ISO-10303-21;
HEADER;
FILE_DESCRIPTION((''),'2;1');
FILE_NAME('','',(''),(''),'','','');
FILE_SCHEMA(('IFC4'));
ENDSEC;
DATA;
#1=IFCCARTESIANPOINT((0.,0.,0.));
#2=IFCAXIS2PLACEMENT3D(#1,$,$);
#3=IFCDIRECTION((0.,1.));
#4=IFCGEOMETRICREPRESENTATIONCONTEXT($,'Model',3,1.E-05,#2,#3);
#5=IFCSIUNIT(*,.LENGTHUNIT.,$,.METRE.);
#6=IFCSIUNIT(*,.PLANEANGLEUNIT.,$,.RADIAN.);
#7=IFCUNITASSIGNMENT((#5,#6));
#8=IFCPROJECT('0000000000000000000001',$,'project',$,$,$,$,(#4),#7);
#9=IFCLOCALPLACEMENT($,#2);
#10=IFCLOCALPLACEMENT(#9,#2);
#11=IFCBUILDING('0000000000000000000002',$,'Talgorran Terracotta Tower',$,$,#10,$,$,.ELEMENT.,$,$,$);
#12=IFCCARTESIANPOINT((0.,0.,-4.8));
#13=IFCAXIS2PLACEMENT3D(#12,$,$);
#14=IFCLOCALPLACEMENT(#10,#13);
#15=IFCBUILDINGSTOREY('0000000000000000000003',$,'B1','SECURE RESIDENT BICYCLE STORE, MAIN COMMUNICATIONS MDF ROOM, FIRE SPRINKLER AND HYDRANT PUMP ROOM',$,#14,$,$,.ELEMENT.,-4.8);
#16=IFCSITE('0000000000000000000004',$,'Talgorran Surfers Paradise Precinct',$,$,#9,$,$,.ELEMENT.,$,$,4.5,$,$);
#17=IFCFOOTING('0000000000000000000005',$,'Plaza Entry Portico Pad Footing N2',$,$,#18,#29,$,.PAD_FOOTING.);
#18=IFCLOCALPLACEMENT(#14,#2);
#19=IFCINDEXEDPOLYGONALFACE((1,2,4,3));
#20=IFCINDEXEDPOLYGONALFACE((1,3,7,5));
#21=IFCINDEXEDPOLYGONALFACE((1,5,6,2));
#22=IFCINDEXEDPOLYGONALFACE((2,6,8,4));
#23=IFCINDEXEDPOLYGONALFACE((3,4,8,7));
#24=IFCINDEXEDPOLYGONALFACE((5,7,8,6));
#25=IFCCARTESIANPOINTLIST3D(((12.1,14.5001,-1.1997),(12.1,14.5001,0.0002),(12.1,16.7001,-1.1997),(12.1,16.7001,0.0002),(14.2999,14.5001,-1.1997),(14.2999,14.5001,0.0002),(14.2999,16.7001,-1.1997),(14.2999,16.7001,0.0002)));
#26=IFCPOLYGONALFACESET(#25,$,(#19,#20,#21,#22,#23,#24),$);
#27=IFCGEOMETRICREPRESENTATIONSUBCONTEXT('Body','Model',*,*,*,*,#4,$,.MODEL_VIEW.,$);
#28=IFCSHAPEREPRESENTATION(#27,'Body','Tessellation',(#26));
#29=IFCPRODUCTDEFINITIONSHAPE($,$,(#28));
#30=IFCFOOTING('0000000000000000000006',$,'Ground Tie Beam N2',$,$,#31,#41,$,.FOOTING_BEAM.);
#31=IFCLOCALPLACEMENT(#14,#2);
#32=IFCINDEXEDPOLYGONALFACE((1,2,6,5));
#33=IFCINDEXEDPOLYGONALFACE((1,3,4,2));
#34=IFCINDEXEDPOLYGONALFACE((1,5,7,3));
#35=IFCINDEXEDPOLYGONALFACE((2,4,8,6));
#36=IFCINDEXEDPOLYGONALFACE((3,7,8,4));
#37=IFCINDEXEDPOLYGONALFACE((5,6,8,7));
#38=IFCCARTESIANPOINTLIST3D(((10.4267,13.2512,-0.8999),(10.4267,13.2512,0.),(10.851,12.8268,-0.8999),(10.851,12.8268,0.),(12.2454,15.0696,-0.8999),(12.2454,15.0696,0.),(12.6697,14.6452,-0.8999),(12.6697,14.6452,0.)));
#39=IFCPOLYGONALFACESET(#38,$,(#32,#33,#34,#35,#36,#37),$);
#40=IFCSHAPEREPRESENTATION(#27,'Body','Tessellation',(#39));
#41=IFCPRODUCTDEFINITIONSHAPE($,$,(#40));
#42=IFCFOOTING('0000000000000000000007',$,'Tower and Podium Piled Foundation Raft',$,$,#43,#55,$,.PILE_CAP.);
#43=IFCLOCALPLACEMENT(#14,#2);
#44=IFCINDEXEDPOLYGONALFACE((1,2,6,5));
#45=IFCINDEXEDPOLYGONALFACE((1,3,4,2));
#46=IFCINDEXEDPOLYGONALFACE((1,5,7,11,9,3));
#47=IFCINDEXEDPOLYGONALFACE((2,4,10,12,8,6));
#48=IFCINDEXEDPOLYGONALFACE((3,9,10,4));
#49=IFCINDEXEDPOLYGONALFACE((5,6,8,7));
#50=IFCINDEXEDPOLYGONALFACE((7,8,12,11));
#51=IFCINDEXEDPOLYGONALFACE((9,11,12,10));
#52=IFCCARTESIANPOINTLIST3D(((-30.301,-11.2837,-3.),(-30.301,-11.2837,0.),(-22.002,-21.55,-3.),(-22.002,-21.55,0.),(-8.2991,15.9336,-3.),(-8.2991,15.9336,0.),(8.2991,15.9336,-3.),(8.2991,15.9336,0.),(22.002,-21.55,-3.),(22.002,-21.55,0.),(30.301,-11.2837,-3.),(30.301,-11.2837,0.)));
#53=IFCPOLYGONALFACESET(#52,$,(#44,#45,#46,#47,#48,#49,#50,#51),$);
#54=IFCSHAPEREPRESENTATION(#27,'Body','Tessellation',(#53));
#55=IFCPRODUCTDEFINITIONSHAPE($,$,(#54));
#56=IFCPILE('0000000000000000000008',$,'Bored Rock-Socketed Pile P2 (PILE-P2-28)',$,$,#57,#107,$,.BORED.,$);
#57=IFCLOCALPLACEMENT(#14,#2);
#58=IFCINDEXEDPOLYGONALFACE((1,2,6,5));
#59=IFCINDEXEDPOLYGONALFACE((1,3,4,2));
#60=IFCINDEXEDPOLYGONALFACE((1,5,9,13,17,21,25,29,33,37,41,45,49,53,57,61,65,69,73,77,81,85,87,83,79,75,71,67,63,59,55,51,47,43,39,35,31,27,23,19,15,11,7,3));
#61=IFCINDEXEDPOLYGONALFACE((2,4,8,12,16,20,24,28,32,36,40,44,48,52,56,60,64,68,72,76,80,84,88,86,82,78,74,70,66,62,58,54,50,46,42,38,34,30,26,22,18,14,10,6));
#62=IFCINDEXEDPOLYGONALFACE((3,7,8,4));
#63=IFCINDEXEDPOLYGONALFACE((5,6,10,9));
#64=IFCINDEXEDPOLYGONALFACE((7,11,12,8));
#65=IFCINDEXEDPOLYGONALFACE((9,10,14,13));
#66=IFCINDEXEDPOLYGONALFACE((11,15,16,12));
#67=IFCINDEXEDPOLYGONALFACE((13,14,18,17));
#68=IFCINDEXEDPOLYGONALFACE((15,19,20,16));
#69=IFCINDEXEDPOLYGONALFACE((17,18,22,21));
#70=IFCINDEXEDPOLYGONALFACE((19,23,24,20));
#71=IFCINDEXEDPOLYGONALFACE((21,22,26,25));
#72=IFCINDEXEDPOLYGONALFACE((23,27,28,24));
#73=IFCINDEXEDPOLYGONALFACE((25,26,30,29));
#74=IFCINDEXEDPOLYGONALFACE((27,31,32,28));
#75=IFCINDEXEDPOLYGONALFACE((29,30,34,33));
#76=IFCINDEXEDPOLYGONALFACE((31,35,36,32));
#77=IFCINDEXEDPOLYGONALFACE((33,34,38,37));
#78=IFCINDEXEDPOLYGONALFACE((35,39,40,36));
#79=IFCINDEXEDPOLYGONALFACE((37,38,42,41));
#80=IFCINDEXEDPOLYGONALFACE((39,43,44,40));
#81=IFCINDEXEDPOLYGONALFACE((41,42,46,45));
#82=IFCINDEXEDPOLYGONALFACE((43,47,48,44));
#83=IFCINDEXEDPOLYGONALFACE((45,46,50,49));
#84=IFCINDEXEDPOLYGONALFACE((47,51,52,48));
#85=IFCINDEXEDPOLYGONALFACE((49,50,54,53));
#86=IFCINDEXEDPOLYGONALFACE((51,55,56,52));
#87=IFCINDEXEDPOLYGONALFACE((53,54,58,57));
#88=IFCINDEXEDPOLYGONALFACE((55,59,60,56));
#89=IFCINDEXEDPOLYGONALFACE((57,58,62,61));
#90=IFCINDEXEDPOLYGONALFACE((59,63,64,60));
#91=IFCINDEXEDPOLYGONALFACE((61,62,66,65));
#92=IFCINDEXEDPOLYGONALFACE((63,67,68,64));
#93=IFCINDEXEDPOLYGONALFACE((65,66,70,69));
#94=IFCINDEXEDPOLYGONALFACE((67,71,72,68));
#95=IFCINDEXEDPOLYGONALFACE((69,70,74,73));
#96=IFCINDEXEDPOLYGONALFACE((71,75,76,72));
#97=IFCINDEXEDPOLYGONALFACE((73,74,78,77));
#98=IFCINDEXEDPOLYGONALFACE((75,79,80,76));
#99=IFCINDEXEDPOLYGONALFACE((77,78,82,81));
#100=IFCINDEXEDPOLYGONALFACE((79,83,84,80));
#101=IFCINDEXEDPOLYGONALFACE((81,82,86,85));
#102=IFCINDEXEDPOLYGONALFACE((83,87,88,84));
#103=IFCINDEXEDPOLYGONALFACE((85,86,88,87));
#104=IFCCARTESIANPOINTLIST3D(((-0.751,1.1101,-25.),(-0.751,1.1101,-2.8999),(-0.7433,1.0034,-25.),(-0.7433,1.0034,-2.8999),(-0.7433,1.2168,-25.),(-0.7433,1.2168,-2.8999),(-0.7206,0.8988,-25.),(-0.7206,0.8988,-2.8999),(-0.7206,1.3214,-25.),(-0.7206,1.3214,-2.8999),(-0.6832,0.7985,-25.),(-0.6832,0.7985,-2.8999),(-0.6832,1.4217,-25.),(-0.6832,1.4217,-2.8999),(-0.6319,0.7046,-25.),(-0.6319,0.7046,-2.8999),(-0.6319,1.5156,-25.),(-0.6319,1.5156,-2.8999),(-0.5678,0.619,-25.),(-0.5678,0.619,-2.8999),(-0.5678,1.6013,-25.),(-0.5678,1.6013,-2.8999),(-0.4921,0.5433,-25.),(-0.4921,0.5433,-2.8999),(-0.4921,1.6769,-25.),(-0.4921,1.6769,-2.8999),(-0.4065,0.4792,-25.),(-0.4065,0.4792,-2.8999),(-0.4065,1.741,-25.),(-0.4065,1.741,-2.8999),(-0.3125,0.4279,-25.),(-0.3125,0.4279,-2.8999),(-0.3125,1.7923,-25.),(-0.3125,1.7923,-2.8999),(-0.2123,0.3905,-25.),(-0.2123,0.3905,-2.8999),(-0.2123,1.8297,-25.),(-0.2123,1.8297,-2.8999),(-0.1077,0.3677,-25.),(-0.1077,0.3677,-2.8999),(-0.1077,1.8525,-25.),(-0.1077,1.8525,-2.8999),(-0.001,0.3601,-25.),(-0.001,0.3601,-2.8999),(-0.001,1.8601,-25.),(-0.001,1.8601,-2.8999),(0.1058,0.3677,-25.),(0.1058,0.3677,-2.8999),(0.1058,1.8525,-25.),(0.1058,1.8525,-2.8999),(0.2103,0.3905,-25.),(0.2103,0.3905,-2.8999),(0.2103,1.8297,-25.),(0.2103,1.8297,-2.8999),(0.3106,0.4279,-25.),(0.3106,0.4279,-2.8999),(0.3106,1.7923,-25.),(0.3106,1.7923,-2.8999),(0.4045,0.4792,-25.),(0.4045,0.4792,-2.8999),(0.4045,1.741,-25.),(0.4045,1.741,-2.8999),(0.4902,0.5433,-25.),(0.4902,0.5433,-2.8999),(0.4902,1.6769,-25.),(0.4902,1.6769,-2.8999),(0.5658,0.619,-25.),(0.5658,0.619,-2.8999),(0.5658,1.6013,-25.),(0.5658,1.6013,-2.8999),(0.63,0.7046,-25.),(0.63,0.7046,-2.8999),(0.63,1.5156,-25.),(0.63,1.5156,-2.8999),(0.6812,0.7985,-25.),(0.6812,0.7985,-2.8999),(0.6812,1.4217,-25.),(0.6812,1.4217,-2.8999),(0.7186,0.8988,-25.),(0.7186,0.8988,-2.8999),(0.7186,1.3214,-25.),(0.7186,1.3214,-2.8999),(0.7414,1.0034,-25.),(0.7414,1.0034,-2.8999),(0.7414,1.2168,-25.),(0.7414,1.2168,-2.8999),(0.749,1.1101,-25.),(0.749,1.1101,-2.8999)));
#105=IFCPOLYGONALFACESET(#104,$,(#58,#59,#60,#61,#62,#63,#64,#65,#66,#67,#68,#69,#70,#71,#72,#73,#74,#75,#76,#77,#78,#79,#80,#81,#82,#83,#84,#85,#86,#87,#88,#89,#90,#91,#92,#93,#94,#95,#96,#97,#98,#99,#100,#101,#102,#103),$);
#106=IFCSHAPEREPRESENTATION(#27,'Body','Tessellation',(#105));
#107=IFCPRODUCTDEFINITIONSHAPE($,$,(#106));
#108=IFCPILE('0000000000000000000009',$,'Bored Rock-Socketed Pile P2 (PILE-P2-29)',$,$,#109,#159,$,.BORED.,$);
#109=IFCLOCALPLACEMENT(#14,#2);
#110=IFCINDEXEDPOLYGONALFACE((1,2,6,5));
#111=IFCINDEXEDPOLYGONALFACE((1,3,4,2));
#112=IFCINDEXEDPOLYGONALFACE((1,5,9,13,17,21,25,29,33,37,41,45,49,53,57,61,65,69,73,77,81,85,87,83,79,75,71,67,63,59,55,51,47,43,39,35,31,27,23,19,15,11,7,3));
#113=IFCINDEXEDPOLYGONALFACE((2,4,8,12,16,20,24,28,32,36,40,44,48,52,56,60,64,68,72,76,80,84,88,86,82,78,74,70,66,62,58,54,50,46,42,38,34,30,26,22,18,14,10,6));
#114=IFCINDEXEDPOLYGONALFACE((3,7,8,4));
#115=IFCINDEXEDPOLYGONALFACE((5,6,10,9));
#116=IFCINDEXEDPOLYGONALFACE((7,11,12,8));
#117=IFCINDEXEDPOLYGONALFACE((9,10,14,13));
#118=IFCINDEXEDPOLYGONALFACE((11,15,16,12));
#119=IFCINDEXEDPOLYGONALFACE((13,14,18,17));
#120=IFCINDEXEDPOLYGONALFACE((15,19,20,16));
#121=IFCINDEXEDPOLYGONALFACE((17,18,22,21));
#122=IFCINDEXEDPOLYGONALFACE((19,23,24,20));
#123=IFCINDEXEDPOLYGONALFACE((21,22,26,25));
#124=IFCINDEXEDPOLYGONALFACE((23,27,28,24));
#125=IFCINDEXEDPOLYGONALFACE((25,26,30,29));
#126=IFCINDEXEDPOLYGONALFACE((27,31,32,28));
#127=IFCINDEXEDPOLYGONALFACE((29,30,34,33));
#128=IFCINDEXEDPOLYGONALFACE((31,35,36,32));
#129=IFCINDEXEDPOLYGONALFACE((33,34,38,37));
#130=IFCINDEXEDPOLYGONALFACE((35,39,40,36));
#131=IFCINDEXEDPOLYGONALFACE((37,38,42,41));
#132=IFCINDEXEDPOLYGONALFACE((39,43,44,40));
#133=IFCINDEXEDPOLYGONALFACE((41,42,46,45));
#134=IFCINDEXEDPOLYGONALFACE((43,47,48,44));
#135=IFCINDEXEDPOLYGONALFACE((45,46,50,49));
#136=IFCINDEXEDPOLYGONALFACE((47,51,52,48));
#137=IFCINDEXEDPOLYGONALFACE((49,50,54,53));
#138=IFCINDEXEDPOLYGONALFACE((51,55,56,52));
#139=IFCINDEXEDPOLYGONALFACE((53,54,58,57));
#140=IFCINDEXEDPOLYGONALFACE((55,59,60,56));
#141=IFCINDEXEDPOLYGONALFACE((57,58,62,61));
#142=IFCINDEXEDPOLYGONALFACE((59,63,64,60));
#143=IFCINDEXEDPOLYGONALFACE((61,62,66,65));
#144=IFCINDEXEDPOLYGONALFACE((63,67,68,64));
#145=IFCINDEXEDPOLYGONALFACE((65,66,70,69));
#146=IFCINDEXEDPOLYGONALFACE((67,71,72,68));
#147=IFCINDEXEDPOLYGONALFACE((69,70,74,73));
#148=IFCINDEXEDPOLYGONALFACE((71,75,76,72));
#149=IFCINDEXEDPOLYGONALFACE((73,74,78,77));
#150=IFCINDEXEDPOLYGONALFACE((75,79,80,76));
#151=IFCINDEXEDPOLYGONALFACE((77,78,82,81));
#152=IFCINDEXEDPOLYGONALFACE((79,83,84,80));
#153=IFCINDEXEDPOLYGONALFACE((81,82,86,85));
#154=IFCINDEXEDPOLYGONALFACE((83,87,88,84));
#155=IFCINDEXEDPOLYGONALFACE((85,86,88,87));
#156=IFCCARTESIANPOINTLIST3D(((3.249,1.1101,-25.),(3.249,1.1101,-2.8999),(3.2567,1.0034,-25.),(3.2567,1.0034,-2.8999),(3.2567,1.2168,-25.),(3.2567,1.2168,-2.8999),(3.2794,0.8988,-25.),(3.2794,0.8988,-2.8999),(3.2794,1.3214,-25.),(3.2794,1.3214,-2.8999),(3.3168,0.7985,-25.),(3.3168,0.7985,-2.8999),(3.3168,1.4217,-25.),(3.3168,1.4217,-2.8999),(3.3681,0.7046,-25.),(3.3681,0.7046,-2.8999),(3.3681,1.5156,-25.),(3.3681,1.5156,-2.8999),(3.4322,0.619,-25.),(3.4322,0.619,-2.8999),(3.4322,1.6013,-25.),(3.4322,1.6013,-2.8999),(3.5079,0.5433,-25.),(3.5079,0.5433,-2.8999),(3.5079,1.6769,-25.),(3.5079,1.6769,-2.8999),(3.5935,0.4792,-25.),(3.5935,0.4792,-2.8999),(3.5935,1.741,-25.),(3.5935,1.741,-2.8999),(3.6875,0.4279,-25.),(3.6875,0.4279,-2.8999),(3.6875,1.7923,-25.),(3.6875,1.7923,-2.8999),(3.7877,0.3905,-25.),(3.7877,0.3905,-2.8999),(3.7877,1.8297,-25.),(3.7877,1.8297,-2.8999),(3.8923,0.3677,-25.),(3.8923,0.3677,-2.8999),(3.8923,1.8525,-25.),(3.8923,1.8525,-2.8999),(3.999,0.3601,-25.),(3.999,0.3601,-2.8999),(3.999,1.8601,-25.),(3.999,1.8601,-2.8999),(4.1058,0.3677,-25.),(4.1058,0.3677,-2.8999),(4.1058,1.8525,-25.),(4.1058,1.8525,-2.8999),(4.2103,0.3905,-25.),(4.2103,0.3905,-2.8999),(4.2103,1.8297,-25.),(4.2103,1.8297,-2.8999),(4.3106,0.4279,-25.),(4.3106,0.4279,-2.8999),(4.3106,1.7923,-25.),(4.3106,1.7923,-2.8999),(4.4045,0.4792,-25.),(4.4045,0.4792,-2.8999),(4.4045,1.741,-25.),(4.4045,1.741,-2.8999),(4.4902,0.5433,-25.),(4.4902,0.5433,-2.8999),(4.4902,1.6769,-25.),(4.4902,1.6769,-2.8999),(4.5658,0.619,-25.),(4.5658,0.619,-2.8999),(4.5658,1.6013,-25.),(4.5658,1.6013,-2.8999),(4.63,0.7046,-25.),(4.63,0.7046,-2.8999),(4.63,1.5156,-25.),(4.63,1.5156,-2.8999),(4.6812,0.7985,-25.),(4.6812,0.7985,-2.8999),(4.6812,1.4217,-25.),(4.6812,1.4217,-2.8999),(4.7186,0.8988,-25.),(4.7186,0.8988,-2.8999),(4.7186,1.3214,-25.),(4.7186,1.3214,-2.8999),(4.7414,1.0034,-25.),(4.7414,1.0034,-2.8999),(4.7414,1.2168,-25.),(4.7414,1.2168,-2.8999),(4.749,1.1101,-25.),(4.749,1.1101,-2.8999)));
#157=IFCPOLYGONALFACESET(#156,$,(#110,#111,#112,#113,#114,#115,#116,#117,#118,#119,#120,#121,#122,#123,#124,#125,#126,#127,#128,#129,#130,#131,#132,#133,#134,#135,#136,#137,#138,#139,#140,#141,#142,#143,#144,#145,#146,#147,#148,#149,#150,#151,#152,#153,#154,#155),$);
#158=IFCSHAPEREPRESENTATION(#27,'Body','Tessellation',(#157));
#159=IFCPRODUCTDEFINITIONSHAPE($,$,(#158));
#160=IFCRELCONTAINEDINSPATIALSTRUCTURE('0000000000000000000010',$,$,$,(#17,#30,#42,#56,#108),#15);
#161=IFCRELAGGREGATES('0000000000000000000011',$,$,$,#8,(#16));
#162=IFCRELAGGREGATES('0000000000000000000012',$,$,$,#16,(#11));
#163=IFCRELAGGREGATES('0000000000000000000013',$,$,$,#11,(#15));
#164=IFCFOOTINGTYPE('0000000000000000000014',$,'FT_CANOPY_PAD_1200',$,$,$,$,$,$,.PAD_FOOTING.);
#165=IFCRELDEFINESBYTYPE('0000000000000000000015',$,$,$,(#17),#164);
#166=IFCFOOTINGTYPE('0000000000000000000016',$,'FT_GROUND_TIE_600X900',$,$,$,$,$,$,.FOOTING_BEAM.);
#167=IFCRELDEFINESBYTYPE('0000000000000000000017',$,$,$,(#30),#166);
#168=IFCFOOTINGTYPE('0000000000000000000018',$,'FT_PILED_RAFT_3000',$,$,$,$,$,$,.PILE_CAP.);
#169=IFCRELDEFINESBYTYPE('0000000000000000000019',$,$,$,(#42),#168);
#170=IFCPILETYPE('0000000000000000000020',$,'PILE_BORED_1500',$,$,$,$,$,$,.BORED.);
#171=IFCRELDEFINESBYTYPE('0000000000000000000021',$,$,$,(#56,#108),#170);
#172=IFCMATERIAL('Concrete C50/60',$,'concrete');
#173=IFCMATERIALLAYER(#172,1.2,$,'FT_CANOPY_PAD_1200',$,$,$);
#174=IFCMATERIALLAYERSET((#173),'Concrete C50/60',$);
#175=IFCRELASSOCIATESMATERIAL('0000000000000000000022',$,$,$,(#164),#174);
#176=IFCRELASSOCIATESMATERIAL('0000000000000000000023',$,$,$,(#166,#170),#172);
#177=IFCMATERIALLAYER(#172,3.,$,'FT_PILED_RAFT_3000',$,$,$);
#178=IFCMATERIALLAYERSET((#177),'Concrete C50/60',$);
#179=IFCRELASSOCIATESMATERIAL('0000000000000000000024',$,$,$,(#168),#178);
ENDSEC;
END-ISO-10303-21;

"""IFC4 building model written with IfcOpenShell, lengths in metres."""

from ifc_helpers import new_model, si_unit, direction, frame, origin, origin_2d, place, context, subcontext, project, spatial, polyline, rectangle, circle, outline, extrude, material, layer, layer_set, material_profile, profile_set, type_object, element, save


model = new_model("IFC4")

# Units and contexts
model_context = context("Model", 3, precision=1e-05, world=origin(), true_north=direction((0.0, 1.0)))
body_context = subcontext(model_context, "Body", "Model", "MODEL_VIEW")
ifc_project = project(units=[si_unit("LENGTHUNIT", "METRE"), si_unit("PLANEANGLEUNIT", "RADIAN")], contexts=[model_context])

# Site, building, storey
site_placement = place(None, origin())
site = spatial("IfcSite", under=ifc_project, at=site_placement, Name="Talgorran Surfers Paradise Precinct", CompositionType="ELEMENT", RefElevation=4.5)
building_placement = place(site_placement, origin())
building = spatial("IfcBuilding", under=site, at=building_placement, Name="Talgorran Terracotta Tower", CompositionType="ELEMENT")
storey_placement = place(building_placement, frame((0.0, 0.0, -4.8)))
storey = spatial("IfcBuildingStorey", under=building, at=storey_placement, Name="B1", Description="SECURE RESIDENT BICYCLE STORE, MAIN COMMUNICATIONS MDF ROOM, FIRE SPRINKLER AND HYDRANT PUMP ROOM", CompositionType="ELEMENT", Elevation=-4.8)

# Footings
ifc_material_1 = material(Name="Concrete C50/60", Category="concrete")
ifc_layer_1 = layer(ifc_material_1, 1.2, Name="FT_CANOPY_PAD_1200")
ifc_layer_set_1 = layer_set([ifc_layer_1], Name="Concrete C50/60")
footing_type_1 = type_object("IfcFootingType", Name="FT_CANOPY_PAD_1200", PredefinedType="PAD_FOOTING", material=ifc_layer_set_1)
footing_1_placement = place(storey_placement, frame((13.2, 15.6001, -1.1997), z_axis=(0.0, 0.0, 1.0), x_axis=(1.0, 0.0, 0.0)))
element("IfcFooting", 1, at=footing_1_placement, inside=storey, type_object=footing_type_1, Name="Plaza Entry Portico Pad Footing N2", PredefinedType="PAD_FOOTING", context=body_context, shape_type="SweptSolid", body=[
    extrude(rectangle(XDim=2.2, YDim=2.2, at=origin_2d()), origin(), (0.0, 0.0, 1.0), 1.2),
])
ifc_material_profile_1 = material_profile(ifc_material_1, rectangle(XDim=0.6001, YDim=0.8999, at=origin_2d()), Name="GB600X900")
ifc_profile_set_1 = profile_set([ifc_material_profile_1], Name="Concrete C50/60")
footing_type_2 = type_object("IfcFootingType", Name="FT_GROUND_TIE_600X900", PredefinedType="FOOTING_BEAM", material=ifc_profile_set_1)
footing_2_placement = place(storey_placement, frame((12.4575, 14.8574, -0.45), z_axis=(-0.707154, -0.707059, 0.0), x_axis=(0.707059, -0.707154, 0.0)))
element("IfcFooting", 2, at=footing_2_placement, inside=storey, type_object=footing_type_2, Name="Ground Tie Beam N2", PredefinedType="FOOTING_BEAM", context=body_context, shape_type="SweptSolid", body=[
    extrude(rectangle(XDim=0.6001, YDim=0.8999, at=origin_2d()), origin(), (0.0, 0.0, 1.0), 2.5718),
])
ifc_layer_2 = layer(ifc_material_1, 3.0, Name="FT_PILED_RAFT_3000")
ifc_layer_set_2 = layer_set([ifc_layer_2], Name="Concrete C50/60")
footing_type_3 = type_object("IfcFootingType", Name="FT_PILED_RAFT_3000", PredefinedType="PILE_CAP", material=ifc_layer_set_2)
footing_3_placement = place(storey_placement, frame((0.0, 0.0, -3.0)))
element("IfcFooting", 3, at=footing_3_placement, inside=storey, type_object=footing_type_3, Name="Tower and Podium Piled Foundation Raft", PredefinedType="PILE_CAP", context=body_context, shape_type="SweptSolid", body=[
    extrude(outline(polyline([(-30.301, -11.2837), (-22.002, -21.55), (22.002, -21.55), (30.301, -11.2837), (8.2991, 15.9336), (-8.2991, 15.9336), (-30.301, -11.2837)])), origin(), (0.0, 0.0, 1.0), 3.0),
])

# Piles
ifc_material_profile_2 = material_profile(ifc_material_1, circle(Radius=0.75, at=origin_2d()), Name="PILE1500")
ifc_profile_set_2 = profile_set([ifc_material_profile_2], Name="Concrete C50/60")
pile_type_1 = type_object("IfcPileType", Name="PILE_BORED_1500", PredefinedType="BORED", material=ifc_profile_set_2)
for number, where, z_axis, x_axis, name in (
    (4, (-0.001, 1.1101, -2.8999), (0.0, 0.0, -1.0), (1.0, 0.0, 0.0), "Bored Rock-Socketed Pile P2 (PILE-P2-28)"),
    (5, (3.999, 1.1101, -2.8999), (0.0, 0.0, -1.0), (1.0, 0.0, 0.0), "Bored Rock-Socketed Pile P2 (PILE-P2-29)"),
):
    element("IfcPile", number, at=place(storey_placement, frame(where, z_axis=z_axis, x_axis=x_axis)), inside=storey, type_object=pile_type_1, Name=name, PredefinedType="BORED", context=body_context, shape_type="SweptSolid", body=[
        extrude(circle(Radius=0.75, at=origin_2d()), origin(), (0.0, 0.0, 1.0), 22.1001),
    ])

save(model, "model.ifc")
